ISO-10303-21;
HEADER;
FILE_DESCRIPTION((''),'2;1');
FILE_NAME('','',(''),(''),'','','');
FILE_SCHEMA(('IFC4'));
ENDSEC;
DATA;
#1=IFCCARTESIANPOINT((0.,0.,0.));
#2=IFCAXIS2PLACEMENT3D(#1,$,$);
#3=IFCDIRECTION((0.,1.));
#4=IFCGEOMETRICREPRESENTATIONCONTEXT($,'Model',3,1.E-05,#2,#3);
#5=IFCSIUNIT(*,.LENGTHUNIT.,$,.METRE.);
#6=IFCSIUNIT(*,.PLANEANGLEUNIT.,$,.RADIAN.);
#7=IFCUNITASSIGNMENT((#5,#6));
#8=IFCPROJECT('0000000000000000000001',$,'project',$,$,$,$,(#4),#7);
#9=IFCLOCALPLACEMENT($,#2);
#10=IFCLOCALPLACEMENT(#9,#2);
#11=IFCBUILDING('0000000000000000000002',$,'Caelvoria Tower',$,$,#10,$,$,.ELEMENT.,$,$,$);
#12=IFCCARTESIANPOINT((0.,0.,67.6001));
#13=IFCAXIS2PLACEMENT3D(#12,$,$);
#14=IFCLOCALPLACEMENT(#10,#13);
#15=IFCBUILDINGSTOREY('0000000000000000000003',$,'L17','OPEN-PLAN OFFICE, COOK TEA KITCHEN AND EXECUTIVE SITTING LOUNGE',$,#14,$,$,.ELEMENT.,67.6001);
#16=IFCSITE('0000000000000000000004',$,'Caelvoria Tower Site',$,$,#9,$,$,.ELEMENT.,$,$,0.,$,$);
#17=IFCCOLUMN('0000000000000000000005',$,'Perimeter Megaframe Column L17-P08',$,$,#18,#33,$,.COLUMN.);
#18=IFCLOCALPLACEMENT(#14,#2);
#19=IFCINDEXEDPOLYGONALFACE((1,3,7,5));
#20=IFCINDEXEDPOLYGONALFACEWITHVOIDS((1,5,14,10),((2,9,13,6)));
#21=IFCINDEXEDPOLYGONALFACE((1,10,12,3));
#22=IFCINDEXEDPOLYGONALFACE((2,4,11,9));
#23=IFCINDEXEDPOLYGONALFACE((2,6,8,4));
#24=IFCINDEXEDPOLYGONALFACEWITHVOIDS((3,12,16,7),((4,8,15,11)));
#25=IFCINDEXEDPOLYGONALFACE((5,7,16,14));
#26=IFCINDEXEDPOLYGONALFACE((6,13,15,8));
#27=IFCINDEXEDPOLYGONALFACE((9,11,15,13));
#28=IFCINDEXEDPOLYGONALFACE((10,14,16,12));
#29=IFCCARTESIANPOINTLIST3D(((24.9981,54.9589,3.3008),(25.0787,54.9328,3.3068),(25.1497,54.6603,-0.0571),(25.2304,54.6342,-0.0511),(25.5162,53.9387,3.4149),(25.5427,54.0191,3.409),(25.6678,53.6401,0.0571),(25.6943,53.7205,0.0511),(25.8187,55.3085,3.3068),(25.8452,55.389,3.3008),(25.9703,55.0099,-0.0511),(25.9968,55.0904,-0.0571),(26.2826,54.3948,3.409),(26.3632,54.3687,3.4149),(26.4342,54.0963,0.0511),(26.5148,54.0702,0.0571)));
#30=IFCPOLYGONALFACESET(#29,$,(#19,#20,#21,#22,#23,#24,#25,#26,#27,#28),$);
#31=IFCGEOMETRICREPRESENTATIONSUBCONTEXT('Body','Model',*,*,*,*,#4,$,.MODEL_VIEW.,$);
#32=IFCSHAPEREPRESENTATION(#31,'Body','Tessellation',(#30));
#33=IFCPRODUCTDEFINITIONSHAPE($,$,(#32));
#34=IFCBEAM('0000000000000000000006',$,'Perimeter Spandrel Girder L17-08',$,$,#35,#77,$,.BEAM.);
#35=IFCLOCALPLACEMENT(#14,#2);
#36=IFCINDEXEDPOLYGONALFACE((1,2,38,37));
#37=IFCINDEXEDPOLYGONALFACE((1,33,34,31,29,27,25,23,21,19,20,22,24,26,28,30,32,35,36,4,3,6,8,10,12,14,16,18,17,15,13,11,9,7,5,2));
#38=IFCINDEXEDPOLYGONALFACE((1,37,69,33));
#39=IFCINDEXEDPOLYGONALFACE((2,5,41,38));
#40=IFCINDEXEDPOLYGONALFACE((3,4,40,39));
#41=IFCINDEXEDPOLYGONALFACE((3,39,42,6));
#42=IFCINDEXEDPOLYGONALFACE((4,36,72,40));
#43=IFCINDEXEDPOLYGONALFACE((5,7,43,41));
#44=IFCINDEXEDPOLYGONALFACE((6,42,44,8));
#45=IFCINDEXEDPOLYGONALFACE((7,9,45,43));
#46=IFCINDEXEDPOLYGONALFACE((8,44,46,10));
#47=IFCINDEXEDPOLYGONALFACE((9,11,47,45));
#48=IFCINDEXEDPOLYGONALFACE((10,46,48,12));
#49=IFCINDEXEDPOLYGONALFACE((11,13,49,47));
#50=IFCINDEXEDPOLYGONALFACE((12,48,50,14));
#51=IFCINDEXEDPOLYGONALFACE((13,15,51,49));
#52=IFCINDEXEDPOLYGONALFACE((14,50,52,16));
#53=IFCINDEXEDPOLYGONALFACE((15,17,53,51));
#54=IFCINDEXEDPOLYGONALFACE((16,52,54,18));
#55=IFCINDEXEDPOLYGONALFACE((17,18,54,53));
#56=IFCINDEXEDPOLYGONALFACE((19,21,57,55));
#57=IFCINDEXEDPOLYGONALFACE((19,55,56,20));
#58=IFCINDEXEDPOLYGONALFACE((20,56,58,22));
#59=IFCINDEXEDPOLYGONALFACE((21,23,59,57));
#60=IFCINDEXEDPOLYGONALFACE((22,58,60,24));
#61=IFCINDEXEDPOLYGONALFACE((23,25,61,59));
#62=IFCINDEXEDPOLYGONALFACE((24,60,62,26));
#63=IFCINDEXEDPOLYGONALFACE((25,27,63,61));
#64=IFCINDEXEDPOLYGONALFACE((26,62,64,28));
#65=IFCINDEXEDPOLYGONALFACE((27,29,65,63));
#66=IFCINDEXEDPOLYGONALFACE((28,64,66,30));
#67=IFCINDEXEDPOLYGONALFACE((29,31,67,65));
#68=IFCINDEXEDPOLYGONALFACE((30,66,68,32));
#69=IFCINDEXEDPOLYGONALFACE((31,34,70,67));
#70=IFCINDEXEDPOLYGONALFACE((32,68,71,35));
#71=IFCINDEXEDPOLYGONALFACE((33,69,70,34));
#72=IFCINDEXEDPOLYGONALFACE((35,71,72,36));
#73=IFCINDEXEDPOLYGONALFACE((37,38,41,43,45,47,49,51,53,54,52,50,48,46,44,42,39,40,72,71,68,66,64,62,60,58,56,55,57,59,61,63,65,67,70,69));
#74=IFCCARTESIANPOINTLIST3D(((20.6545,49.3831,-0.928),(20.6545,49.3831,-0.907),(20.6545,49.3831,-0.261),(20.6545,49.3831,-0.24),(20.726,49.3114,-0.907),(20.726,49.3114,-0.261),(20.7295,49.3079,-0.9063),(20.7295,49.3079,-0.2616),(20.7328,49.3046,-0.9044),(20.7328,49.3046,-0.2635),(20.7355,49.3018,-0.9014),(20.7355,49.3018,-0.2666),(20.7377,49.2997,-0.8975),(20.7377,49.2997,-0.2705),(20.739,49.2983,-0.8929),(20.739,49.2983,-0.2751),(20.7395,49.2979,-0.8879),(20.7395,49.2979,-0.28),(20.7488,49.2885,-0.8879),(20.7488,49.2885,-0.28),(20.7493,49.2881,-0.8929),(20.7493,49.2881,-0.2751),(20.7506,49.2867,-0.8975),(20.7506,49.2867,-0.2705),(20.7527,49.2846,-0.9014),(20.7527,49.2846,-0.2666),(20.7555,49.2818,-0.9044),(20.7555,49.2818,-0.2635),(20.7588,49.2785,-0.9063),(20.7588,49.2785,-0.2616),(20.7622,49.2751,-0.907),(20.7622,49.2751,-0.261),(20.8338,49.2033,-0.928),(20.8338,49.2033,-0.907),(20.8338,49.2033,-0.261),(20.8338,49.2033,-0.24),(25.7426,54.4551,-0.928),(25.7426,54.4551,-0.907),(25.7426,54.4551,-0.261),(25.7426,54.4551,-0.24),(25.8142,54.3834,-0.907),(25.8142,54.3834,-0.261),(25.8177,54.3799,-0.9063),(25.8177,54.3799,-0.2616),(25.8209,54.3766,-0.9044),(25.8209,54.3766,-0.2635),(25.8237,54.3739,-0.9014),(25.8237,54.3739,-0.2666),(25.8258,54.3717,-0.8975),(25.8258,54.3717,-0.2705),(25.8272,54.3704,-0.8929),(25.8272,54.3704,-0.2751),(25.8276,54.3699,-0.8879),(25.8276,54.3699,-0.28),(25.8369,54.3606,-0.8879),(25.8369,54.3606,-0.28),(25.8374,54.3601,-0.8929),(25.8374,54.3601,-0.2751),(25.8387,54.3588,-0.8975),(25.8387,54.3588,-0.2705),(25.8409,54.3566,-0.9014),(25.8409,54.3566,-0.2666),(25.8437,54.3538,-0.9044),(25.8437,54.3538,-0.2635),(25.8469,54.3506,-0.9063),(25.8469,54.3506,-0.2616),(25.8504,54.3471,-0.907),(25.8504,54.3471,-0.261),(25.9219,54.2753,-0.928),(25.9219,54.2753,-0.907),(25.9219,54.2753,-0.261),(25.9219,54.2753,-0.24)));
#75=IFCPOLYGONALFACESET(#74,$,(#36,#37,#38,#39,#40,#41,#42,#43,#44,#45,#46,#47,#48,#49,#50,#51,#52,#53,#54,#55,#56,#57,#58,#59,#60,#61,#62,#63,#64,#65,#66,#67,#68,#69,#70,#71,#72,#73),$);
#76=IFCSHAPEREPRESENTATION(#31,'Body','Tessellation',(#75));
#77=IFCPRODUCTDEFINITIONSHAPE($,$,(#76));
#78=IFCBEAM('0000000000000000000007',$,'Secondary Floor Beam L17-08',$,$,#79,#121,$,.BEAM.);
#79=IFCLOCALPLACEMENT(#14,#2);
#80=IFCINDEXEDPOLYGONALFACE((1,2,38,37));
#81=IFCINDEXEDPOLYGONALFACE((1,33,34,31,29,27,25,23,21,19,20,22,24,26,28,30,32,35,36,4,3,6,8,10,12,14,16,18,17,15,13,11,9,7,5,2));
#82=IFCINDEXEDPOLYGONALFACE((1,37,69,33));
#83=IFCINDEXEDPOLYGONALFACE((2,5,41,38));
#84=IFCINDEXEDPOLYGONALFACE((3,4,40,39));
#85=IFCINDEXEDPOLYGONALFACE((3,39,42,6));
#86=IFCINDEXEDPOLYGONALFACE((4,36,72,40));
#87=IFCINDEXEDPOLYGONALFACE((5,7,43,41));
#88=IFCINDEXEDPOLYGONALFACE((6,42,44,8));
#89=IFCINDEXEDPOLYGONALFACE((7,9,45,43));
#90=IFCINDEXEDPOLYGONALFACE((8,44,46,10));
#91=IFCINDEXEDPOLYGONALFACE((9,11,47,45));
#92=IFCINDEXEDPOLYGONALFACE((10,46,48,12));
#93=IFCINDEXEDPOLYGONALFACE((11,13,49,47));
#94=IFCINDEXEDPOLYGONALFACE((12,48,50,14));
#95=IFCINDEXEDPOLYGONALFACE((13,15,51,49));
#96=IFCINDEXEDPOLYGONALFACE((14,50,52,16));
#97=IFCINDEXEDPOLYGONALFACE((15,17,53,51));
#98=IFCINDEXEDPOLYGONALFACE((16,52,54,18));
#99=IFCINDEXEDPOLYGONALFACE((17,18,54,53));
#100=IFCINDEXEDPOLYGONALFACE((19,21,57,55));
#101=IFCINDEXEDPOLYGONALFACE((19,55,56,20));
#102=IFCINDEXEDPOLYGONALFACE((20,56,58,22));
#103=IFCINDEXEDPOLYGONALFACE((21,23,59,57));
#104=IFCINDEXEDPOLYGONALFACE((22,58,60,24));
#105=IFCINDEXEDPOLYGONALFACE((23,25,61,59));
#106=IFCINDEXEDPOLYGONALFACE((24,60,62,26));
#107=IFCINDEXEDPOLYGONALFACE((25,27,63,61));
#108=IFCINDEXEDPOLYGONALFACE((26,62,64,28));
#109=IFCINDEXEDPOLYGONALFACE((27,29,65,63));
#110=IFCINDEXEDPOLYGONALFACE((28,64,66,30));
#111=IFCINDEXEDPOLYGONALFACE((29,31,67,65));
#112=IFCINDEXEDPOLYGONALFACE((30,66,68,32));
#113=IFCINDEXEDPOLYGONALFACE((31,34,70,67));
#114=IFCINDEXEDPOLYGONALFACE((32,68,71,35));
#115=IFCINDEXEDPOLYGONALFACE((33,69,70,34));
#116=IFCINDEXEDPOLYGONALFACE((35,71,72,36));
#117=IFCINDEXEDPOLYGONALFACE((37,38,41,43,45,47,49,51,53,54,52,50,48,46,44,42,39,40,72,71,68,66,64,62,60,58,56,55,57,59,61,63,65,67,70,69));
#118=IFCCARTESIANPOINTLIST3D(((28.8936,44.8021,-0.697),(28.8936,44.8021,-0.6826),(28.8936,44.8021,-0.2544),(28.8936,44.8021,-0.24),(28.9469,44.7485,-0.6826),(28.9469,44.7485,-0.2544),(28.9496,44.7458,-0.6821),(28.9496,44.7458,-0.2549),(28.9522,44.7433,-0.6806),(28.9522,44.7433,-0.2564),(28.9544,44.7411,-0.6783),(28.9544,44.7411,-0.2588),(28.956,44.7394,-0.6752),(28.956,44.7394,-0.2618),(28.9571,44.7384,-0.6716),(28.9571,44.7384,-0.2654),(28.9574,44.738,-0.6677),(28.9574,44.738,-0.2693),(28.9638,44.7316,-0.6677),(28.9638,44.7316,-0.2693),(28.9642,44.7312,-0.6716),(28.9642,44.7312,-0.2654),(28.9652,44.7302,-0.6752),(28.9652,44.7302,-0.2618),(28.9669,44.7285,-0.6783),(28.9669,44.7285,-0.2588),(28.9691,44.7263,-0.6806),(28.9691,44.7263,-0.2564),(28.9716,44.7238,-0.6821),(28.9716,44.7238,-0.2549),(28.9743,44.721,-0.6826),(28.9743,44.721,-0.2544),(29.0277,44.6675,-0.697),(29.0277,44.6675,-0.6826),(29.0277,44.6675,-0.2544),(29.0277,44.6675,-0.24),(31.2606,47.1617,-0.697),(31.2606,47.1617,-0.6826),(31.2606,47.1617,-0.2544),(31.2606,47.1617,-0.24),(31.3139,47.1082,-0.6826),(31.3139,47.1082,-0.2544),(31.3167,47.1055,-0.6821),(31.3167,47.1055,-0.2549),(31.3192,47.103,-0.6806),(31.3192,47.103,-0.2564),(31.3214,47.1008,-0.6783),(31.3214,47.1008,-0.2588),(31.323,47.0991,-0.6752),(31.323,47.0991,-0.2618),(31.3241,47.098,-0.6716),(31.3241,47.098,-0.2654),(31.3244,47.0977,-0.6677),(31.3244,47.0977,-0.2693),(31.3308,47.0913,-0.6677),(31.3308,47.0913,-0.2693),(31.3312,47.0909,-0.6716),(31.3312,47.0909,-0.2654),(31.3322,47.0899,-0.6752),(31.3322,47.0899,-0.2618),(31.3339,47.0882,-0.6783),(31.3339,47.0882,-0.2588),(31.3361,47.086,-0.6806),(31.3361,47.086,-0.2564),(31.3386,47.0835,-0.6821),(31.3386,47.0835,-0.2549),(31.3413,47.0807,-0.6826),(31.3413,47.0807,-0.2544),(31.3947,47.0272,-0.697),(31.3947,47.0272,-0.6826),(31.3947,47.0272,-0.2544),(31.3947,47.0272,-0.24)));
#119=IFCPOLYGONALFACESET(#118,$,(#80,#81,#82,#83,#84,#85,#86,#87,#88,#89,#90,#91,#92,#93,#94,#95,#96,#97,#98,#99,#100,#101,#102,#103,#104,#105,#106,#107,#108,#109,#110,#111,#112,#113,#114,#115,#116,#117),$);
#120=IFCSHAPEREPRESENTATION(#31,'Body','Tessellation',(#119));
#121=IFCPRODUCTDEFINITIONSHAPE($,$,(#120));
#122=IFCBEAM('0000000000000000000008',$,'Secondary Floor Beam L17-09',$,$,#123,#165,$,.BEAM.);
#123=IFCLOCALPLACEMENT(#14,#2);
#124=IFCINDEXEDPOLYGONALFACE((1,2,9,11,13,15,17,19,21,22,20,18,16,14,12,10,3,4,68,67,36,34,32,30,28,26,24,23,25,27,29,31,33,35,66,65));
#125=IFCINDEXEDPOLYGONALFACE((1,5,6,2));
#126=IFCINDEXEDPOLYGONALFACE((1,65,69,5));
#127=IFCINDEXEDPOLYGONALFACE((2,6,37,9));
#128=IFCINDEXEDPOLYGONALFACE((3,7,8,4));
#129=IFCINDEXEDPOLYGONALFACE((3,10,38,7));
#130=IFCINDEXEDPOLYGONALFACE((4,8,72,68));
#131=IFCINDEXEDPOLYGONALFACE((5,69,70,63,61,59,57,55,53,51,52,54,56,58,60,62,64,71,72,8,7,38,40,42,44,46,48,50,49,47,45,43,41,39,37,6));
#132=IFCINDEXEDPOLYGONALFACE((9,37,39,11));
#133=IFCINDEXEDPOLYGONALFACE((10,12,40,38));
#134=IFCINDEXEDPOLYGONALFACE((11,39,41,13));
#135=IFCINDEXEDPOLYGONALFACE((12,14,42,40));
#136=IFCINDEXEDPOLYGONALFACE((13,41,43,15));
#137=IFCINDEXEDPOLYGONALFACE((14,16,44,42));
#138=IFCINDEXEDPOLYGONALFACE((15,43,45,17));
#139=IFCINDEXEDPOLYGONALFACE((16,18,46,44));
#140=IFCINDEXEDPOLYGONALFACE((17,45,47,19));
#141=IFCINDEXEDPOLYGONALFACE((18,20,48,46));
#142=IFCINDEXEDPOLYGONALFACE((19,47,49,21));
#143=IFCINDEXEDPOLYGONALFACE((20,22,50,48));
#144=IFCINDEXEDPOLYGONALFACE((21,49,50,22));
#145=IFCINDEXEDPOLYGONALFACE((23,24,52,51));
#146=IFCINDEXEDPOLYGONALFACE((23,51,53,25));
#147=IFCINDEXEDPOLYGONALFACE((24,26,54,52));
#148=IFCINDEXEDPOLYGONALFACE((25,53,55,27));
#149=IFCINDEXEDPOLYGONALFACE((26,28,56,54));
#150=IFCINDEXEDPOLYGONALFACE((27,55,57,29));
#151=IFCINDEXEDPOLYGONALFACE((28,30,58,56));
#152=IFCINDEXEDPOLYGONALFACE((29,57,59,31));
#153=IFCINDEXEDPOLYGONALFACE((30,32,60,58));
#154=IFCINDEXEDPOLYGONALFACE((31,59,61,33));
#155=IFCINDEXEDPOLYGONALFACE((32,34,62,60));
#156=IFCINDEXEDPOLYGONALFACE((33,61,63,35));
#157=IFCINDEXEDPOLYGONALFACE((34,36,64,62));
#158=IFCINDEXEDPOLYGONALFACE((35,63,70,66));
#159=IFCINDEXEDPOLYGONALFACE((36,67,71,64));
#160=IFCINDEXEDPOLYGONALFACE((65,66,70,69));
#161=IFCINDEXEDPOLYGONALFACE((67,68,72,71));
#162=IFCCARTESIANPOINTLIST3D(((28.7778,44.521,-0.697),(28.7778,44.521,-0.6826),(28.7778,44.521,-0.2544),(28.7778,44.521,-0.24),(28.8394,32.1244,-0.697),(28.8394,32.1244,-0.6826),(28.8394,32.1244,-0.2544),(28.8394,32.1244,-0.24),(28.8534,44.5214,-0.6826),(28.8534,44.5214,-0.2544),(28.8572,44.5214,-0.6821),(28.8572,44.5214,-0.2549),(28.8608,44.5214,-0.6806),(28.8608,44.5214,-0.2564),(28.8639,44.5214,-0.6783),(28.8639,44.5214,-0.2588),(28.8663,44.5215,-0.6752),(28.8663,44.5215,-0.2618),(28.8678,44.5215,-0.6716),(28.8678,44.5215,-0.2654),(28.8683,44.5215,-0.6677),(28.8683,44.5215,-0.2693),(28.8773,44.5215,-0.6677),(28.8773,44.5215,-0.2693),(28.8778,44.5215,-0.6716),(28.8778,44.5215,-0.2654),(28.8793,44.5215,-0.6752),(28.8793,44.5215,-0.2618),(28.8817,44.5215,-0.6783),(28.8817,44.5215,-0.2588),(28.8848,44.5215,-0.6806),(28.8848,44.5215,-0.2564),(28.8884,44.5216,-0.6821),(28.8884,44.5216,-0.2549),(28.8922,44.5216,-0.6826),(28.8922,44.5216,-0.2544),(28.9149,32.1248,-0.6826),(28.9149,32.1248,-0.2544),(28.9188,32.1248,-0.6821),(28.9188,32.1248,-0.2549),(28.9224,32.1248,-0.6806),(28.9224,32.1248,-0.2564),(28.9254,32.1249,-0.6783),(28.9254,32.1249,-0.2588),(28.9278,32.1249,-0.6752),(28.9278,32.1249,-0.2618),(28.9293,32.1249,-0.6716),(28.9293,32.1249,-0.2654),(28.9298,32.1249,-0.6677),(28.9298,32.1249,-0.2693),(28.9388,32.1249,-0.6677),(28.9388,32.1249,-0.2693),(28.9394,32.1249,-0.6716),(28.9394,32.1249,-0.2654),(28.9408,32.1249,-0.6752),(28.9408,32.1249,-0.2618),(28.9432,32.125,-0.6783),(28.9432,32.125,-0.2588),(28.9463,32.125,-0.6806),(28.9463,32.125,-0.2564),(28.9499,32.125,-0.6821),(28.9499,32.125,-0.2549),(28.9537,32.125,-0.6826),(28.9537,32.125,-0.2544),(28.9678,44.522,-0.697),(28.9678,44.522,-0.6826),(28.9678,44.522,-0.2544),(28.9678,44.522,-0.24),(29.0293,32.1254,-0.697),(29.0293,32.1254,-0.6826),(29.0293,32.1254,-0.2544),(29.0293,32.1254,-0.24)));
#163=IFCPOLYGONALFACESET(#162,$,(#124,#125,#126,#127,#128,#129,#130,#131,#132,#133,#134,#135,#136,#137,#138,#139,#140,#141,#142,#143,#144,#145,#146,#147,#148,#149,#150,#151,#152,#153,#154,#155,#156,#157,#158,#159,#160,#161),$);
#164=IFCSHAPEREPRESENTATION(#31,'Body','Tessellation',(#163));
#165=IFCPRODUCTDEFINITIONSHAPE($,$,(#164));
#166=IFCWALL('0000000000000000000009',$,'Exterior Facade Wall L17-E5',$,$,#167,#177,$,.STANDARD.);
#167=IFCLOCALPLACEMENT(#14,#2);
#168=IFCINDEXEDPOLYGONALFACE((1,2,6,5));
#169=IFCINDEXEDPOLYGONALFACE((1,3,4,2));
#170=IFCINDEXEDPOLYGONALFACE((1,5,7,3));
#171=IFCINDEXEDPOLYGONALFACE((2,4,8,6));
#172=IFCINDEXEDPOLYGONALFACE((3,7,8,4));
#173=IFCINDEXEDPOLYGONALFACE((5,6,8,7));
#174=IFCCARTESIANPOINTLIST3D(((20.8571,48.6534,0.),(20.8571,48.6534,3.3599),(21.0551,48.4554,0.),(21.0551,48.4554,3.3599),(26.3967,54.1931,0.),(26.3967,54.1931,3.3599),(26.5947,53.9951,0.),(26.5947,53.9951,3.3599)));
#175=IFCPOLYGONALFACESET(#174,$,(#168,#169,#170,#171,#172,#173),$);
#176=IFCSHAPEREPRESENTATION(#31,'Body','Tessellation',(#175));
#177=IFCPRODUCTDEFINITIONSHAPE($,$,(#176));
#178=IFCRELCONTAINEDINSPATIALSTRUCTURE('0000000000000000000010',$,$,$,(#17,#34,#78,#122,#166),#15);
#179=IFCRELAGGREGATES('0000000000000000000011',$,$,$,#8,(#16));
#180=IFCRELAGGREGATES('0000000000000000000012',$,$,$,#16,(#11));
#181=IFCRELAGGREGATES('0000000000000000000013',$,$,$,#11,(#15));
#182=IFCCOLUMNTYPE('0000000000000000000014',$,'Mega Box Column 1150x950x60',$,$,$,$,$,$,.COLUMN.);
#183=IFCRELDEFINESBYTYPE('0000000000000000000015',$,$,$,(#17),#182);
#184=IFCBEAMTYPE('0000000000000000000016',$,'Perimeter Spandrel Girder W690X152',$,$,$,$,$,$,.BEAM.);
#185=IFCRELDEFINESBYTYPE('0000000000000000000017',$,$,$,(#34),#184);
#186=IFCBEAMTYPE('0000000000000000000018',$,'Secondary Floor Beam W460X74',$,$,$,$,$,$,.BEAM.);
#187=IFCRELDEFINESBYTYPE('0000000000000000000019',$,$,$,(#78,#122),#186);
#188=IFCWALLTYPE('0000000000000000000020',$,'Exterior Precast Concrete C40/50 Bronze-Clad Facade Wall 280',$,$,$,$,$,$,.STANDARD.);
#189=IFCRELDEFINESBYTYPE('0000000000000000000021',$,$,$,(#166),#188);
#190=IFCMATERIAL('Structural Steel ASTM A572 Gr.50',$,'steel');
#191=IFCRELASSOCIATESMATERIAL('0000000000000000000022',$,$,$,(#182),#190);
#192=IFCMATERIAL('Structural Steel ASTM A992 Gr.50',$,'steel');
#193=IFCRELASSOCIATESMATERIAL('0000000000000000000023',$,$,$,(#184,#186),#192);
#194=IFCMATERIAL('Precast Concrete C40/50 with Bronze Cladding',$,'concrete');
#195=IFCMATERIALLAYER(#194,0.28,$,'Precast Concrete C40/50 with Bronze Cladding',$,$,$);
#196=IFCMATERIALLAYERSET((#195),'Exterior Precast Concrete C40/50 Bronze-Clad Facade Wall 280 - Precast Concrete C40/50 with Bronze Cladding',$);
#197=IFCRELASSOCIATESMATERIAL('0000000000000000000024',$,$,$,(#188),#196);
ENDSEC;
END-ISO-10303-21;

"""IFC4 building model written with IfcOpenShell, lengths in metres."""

from ifc_helpers import new_model, si_unit, direction, frame, frame_2d, origin, origin_2d, place, context, subcontext, project, spatial, rectangle, hollow_rectangle, i_section, extrude, material, layer, layer_set, material_profile, profile_set, type_object, element, save


model = new_model("IFC4")

# Units and contexts
model_context = context("Model", 3, precision=1e-05, world=origin(), true_north=direction((0.0, 1.0)))
body_context = subcontext(model_context, "Body", "Model", "MODEL_VIEW")
ifc_project = project(units=[si_unit("LENGTHUNIT", "METRE"), si_unit("PLANEANGLEUNIT", "RADIAN")], contexts=[model_context])

# Site, building, storey
site_placement = place(None, origin())
site = spatial("IfcSite", under=ifc_project, at=site_placement, Name="Caelvoria Tower Site", CompositionType="ELEMENT", RefElevation=0.0)
building_placement = place(site_placement, origin())
building = spatial("IfcBuilding", under=site, at=building_placement, Name="Caelvoria Tower", CompositionType="ELEMENT")
storey_placement = place(building_placement, frame((0.0, 0.0, 67.6001)))
storey = spatial("IfcBuildingStorey", under=building, at=storey_placement, Name="L17", Description="OPEN-PLAN OFFICE, COOK TEA KITCHEN AND EXECUTIVE SITTING LOUNGE", CompositionType="ELEMENT", Elevation=67.6001)

# Column
ifc_material_1 = material(Name="Structural Steel ASTM A572 Gr.50", Category="steel")
ifc_material_profile_1 = material_profile(ifc_material_1, hollow_rectangle(XDim=0.95, YDim=1.1499, WallThickness=0.0601, at=origin_2d()), Name="Structural Steel ASTM A572 Gr.50")
ifc_profile_set_1 = profile_set([ifc_material_profile_1], Name="BOX1150X950X60 - Structural Steel ASTM A572 Gr.50")
column_type = type_object("IfcColumnType", Name="Mega Box Column 1150x950x60", PredefinedType="COLUMN", material=ifc_profile_set_1)
column_placement = place(storey_placement, frame((25.8323, 54.3652, 0.0), z_axis=(-0.044928, 0.088481, 0.995064), x_axis=(-0.89164, -0.452746, 0.0)))
element("IfcColumn", 1, at=column_placement, inside=storey, type_object=column_type, Name="Perimeter Megaframe Column L17-P08", PredefinedType="COLUMN", context=body_context, shape_type="SweptSolid", body=[
    extrude(hollow_rectangle(XDim=0.95, YDim=1.1499, WallThickness=0.0601, at=origin_2d()), origin(), (0.0, 0.0, 1.0), 3.3745),
])

# Beams
ifc_material_2 = material(Name="Structural Steel ASTM A992 Gr.50", Category="steel")
ifc_material_profile_2 = material_profile(ifc_material_2, i_section(OverallWidth=0.2539, OverallDepth=0.688, WebThickness=0.0132, FlangeThickness=0.021, FilletRadius=0.019, at=origin_2d()), Name="Structural Steel ASTM A992 Gr.50")
ifc_profile_set_2 = profile_set([ifc_material_profile_2], Name="W690X152 - Structural Steel ASTM A992 Gr.50")
beam_type_1 = type_object("IfcBeamType", Name="Perimeter Spandrel Girder W690X152", PredefinedType="BEAM", material=ifc_profile_set_2)
beam_1_placement = place(storey_placement, frame((25.8323, 54.3652, -0.584), z_axis=(-0.708227, -0.705984, 0.0), x_axis=(0.705984, -0.708227, 0.0)))
element("IfcBeam", 2, at=beam_1_placement, inside=storey, type_object=beam_type_1, Name="Perimeter Spandrel Girder L17-08", PredefinedType="BEAM", context=body_context, shape_type="SweptSolid", body=[
    extrude(i_section(OverallWidth=0.2539, OverallDepth=0.688, WebThickness=0.0132, FlangeThickness=0.021, FilletRadius=0.019, at=origin_2d()), origin(), (0.0, 0.0, 1.0), 7.1843),
])
ifc_material_profile_3 = material_profile(ifc_material_2, i_section(OverallWidth=0.1899, OverallDepth=0.457, WebThickness=0.009, FlangeThickness=0.0144, FilletRadius=0.0149, at=origin_2d()), Name="Structural Steel ASTM A992 Gr.50")
ifc_profile_set_3 = profile_set([ifc_material_profile_3], Name="W460X74 - Structural Steel ASTM A992 Gr.50")
beam_type_2 = type_object("IfcBeamType", Name="Secondary Floor Beam W460X74", PredefinedType="BEAM", material=ifc_profile_set_3)
beam_2_placement = place(storey_placement, frame((31.3276, 47.0945, -0.4685), z_axis=(-0.708202, -0.70601, 0.0), x_axis=(0.70601, -0.708202, 0.0)))
element("IfcBeam", 3, at=beam_2_placement, inside=storey, type_object=beam_type_2, Name="Secondary Floor Beam L17-08", PredefinedType="BEAM", context=body_context, shape_type="SweptSolid", body=[
    extrude(i_section(OverallWidth=0.1899, OverallDepth=0.457, WebThickness=0.009, FlangeThickness=0.0144, FilletRadius=0.0149, at=origin_2d()), origin(), (0.0, 0.0, 1.0), 3.3423),
])
beam_3_placement = place(storey_placement, frame((28.8728, 44.5215, -0.4685), z_axis=(0.004963, -0.999988, 0.0), x_axis=(0.999988, 0.004963, 0.0)))
element("IfcBeam", 4, at=beam_3_placement, inside=storey, type_object=beam_type_2, Name="Secondary Floor Beam L17-09", PredefinedType="BEAM", context=body_context, shape_type="SweptSolid", body=[
    extrude(i_section(OverallWidth=0.1899, OverallDepth=0.457, WebThickness=0.009, FlangeThickness=0.0144, FilletRadius=0.0149, at=origin_2d()), origin(), (0.0, 0.0, 1.0), 12.3967),
])

# Wall
ifc_material_3 = material(Name="Precast Concrete C40/50 with Bronze Cladding", Category="concrete")
ifc_layer_1 = layer(ifc_material_3, 0.28, Name="Precast Concrete C40/50 with Bronze Cladding")
ifc_layer_set_1 = layer_set([ifc_layer_1], Name="Exterior Precast Concrete C40/50 Bronze-Clad Facade Wall 280 - Precast Concrete C40/50 with Bronze Cladding")
wall_type_1 = type_object("IfcWallType", Name="Exterior Precast Concrete C40/50 Bronze-Clad Facade Wall 280", PredefinedType="STANDARD", material=ifc_layer_set_1)
wall_1_placement = place(storey_placement, frame((26.4956, 54.094, 0.0), z_axis=(0.0, 0.0, 1.0), x_axis=(-0.707107, -0.707107, 0.0)))
element("IfcWall", 5, at=wall_1_placement, inside=storey, type_object=wall_type_1, Name="Exterior Facade Wall L17-E5", PredefinedType="STANDARD", context=body_context, shape_type="SweptSolid", body=[
    extrude(rectangle(XDim=7.8342, YDim=0.28, at=frame_2d((3.917, 0.0))), origin(), (0.0, 0.0, 1.0), 3.3599),
])

save(model, "model.ifc")
